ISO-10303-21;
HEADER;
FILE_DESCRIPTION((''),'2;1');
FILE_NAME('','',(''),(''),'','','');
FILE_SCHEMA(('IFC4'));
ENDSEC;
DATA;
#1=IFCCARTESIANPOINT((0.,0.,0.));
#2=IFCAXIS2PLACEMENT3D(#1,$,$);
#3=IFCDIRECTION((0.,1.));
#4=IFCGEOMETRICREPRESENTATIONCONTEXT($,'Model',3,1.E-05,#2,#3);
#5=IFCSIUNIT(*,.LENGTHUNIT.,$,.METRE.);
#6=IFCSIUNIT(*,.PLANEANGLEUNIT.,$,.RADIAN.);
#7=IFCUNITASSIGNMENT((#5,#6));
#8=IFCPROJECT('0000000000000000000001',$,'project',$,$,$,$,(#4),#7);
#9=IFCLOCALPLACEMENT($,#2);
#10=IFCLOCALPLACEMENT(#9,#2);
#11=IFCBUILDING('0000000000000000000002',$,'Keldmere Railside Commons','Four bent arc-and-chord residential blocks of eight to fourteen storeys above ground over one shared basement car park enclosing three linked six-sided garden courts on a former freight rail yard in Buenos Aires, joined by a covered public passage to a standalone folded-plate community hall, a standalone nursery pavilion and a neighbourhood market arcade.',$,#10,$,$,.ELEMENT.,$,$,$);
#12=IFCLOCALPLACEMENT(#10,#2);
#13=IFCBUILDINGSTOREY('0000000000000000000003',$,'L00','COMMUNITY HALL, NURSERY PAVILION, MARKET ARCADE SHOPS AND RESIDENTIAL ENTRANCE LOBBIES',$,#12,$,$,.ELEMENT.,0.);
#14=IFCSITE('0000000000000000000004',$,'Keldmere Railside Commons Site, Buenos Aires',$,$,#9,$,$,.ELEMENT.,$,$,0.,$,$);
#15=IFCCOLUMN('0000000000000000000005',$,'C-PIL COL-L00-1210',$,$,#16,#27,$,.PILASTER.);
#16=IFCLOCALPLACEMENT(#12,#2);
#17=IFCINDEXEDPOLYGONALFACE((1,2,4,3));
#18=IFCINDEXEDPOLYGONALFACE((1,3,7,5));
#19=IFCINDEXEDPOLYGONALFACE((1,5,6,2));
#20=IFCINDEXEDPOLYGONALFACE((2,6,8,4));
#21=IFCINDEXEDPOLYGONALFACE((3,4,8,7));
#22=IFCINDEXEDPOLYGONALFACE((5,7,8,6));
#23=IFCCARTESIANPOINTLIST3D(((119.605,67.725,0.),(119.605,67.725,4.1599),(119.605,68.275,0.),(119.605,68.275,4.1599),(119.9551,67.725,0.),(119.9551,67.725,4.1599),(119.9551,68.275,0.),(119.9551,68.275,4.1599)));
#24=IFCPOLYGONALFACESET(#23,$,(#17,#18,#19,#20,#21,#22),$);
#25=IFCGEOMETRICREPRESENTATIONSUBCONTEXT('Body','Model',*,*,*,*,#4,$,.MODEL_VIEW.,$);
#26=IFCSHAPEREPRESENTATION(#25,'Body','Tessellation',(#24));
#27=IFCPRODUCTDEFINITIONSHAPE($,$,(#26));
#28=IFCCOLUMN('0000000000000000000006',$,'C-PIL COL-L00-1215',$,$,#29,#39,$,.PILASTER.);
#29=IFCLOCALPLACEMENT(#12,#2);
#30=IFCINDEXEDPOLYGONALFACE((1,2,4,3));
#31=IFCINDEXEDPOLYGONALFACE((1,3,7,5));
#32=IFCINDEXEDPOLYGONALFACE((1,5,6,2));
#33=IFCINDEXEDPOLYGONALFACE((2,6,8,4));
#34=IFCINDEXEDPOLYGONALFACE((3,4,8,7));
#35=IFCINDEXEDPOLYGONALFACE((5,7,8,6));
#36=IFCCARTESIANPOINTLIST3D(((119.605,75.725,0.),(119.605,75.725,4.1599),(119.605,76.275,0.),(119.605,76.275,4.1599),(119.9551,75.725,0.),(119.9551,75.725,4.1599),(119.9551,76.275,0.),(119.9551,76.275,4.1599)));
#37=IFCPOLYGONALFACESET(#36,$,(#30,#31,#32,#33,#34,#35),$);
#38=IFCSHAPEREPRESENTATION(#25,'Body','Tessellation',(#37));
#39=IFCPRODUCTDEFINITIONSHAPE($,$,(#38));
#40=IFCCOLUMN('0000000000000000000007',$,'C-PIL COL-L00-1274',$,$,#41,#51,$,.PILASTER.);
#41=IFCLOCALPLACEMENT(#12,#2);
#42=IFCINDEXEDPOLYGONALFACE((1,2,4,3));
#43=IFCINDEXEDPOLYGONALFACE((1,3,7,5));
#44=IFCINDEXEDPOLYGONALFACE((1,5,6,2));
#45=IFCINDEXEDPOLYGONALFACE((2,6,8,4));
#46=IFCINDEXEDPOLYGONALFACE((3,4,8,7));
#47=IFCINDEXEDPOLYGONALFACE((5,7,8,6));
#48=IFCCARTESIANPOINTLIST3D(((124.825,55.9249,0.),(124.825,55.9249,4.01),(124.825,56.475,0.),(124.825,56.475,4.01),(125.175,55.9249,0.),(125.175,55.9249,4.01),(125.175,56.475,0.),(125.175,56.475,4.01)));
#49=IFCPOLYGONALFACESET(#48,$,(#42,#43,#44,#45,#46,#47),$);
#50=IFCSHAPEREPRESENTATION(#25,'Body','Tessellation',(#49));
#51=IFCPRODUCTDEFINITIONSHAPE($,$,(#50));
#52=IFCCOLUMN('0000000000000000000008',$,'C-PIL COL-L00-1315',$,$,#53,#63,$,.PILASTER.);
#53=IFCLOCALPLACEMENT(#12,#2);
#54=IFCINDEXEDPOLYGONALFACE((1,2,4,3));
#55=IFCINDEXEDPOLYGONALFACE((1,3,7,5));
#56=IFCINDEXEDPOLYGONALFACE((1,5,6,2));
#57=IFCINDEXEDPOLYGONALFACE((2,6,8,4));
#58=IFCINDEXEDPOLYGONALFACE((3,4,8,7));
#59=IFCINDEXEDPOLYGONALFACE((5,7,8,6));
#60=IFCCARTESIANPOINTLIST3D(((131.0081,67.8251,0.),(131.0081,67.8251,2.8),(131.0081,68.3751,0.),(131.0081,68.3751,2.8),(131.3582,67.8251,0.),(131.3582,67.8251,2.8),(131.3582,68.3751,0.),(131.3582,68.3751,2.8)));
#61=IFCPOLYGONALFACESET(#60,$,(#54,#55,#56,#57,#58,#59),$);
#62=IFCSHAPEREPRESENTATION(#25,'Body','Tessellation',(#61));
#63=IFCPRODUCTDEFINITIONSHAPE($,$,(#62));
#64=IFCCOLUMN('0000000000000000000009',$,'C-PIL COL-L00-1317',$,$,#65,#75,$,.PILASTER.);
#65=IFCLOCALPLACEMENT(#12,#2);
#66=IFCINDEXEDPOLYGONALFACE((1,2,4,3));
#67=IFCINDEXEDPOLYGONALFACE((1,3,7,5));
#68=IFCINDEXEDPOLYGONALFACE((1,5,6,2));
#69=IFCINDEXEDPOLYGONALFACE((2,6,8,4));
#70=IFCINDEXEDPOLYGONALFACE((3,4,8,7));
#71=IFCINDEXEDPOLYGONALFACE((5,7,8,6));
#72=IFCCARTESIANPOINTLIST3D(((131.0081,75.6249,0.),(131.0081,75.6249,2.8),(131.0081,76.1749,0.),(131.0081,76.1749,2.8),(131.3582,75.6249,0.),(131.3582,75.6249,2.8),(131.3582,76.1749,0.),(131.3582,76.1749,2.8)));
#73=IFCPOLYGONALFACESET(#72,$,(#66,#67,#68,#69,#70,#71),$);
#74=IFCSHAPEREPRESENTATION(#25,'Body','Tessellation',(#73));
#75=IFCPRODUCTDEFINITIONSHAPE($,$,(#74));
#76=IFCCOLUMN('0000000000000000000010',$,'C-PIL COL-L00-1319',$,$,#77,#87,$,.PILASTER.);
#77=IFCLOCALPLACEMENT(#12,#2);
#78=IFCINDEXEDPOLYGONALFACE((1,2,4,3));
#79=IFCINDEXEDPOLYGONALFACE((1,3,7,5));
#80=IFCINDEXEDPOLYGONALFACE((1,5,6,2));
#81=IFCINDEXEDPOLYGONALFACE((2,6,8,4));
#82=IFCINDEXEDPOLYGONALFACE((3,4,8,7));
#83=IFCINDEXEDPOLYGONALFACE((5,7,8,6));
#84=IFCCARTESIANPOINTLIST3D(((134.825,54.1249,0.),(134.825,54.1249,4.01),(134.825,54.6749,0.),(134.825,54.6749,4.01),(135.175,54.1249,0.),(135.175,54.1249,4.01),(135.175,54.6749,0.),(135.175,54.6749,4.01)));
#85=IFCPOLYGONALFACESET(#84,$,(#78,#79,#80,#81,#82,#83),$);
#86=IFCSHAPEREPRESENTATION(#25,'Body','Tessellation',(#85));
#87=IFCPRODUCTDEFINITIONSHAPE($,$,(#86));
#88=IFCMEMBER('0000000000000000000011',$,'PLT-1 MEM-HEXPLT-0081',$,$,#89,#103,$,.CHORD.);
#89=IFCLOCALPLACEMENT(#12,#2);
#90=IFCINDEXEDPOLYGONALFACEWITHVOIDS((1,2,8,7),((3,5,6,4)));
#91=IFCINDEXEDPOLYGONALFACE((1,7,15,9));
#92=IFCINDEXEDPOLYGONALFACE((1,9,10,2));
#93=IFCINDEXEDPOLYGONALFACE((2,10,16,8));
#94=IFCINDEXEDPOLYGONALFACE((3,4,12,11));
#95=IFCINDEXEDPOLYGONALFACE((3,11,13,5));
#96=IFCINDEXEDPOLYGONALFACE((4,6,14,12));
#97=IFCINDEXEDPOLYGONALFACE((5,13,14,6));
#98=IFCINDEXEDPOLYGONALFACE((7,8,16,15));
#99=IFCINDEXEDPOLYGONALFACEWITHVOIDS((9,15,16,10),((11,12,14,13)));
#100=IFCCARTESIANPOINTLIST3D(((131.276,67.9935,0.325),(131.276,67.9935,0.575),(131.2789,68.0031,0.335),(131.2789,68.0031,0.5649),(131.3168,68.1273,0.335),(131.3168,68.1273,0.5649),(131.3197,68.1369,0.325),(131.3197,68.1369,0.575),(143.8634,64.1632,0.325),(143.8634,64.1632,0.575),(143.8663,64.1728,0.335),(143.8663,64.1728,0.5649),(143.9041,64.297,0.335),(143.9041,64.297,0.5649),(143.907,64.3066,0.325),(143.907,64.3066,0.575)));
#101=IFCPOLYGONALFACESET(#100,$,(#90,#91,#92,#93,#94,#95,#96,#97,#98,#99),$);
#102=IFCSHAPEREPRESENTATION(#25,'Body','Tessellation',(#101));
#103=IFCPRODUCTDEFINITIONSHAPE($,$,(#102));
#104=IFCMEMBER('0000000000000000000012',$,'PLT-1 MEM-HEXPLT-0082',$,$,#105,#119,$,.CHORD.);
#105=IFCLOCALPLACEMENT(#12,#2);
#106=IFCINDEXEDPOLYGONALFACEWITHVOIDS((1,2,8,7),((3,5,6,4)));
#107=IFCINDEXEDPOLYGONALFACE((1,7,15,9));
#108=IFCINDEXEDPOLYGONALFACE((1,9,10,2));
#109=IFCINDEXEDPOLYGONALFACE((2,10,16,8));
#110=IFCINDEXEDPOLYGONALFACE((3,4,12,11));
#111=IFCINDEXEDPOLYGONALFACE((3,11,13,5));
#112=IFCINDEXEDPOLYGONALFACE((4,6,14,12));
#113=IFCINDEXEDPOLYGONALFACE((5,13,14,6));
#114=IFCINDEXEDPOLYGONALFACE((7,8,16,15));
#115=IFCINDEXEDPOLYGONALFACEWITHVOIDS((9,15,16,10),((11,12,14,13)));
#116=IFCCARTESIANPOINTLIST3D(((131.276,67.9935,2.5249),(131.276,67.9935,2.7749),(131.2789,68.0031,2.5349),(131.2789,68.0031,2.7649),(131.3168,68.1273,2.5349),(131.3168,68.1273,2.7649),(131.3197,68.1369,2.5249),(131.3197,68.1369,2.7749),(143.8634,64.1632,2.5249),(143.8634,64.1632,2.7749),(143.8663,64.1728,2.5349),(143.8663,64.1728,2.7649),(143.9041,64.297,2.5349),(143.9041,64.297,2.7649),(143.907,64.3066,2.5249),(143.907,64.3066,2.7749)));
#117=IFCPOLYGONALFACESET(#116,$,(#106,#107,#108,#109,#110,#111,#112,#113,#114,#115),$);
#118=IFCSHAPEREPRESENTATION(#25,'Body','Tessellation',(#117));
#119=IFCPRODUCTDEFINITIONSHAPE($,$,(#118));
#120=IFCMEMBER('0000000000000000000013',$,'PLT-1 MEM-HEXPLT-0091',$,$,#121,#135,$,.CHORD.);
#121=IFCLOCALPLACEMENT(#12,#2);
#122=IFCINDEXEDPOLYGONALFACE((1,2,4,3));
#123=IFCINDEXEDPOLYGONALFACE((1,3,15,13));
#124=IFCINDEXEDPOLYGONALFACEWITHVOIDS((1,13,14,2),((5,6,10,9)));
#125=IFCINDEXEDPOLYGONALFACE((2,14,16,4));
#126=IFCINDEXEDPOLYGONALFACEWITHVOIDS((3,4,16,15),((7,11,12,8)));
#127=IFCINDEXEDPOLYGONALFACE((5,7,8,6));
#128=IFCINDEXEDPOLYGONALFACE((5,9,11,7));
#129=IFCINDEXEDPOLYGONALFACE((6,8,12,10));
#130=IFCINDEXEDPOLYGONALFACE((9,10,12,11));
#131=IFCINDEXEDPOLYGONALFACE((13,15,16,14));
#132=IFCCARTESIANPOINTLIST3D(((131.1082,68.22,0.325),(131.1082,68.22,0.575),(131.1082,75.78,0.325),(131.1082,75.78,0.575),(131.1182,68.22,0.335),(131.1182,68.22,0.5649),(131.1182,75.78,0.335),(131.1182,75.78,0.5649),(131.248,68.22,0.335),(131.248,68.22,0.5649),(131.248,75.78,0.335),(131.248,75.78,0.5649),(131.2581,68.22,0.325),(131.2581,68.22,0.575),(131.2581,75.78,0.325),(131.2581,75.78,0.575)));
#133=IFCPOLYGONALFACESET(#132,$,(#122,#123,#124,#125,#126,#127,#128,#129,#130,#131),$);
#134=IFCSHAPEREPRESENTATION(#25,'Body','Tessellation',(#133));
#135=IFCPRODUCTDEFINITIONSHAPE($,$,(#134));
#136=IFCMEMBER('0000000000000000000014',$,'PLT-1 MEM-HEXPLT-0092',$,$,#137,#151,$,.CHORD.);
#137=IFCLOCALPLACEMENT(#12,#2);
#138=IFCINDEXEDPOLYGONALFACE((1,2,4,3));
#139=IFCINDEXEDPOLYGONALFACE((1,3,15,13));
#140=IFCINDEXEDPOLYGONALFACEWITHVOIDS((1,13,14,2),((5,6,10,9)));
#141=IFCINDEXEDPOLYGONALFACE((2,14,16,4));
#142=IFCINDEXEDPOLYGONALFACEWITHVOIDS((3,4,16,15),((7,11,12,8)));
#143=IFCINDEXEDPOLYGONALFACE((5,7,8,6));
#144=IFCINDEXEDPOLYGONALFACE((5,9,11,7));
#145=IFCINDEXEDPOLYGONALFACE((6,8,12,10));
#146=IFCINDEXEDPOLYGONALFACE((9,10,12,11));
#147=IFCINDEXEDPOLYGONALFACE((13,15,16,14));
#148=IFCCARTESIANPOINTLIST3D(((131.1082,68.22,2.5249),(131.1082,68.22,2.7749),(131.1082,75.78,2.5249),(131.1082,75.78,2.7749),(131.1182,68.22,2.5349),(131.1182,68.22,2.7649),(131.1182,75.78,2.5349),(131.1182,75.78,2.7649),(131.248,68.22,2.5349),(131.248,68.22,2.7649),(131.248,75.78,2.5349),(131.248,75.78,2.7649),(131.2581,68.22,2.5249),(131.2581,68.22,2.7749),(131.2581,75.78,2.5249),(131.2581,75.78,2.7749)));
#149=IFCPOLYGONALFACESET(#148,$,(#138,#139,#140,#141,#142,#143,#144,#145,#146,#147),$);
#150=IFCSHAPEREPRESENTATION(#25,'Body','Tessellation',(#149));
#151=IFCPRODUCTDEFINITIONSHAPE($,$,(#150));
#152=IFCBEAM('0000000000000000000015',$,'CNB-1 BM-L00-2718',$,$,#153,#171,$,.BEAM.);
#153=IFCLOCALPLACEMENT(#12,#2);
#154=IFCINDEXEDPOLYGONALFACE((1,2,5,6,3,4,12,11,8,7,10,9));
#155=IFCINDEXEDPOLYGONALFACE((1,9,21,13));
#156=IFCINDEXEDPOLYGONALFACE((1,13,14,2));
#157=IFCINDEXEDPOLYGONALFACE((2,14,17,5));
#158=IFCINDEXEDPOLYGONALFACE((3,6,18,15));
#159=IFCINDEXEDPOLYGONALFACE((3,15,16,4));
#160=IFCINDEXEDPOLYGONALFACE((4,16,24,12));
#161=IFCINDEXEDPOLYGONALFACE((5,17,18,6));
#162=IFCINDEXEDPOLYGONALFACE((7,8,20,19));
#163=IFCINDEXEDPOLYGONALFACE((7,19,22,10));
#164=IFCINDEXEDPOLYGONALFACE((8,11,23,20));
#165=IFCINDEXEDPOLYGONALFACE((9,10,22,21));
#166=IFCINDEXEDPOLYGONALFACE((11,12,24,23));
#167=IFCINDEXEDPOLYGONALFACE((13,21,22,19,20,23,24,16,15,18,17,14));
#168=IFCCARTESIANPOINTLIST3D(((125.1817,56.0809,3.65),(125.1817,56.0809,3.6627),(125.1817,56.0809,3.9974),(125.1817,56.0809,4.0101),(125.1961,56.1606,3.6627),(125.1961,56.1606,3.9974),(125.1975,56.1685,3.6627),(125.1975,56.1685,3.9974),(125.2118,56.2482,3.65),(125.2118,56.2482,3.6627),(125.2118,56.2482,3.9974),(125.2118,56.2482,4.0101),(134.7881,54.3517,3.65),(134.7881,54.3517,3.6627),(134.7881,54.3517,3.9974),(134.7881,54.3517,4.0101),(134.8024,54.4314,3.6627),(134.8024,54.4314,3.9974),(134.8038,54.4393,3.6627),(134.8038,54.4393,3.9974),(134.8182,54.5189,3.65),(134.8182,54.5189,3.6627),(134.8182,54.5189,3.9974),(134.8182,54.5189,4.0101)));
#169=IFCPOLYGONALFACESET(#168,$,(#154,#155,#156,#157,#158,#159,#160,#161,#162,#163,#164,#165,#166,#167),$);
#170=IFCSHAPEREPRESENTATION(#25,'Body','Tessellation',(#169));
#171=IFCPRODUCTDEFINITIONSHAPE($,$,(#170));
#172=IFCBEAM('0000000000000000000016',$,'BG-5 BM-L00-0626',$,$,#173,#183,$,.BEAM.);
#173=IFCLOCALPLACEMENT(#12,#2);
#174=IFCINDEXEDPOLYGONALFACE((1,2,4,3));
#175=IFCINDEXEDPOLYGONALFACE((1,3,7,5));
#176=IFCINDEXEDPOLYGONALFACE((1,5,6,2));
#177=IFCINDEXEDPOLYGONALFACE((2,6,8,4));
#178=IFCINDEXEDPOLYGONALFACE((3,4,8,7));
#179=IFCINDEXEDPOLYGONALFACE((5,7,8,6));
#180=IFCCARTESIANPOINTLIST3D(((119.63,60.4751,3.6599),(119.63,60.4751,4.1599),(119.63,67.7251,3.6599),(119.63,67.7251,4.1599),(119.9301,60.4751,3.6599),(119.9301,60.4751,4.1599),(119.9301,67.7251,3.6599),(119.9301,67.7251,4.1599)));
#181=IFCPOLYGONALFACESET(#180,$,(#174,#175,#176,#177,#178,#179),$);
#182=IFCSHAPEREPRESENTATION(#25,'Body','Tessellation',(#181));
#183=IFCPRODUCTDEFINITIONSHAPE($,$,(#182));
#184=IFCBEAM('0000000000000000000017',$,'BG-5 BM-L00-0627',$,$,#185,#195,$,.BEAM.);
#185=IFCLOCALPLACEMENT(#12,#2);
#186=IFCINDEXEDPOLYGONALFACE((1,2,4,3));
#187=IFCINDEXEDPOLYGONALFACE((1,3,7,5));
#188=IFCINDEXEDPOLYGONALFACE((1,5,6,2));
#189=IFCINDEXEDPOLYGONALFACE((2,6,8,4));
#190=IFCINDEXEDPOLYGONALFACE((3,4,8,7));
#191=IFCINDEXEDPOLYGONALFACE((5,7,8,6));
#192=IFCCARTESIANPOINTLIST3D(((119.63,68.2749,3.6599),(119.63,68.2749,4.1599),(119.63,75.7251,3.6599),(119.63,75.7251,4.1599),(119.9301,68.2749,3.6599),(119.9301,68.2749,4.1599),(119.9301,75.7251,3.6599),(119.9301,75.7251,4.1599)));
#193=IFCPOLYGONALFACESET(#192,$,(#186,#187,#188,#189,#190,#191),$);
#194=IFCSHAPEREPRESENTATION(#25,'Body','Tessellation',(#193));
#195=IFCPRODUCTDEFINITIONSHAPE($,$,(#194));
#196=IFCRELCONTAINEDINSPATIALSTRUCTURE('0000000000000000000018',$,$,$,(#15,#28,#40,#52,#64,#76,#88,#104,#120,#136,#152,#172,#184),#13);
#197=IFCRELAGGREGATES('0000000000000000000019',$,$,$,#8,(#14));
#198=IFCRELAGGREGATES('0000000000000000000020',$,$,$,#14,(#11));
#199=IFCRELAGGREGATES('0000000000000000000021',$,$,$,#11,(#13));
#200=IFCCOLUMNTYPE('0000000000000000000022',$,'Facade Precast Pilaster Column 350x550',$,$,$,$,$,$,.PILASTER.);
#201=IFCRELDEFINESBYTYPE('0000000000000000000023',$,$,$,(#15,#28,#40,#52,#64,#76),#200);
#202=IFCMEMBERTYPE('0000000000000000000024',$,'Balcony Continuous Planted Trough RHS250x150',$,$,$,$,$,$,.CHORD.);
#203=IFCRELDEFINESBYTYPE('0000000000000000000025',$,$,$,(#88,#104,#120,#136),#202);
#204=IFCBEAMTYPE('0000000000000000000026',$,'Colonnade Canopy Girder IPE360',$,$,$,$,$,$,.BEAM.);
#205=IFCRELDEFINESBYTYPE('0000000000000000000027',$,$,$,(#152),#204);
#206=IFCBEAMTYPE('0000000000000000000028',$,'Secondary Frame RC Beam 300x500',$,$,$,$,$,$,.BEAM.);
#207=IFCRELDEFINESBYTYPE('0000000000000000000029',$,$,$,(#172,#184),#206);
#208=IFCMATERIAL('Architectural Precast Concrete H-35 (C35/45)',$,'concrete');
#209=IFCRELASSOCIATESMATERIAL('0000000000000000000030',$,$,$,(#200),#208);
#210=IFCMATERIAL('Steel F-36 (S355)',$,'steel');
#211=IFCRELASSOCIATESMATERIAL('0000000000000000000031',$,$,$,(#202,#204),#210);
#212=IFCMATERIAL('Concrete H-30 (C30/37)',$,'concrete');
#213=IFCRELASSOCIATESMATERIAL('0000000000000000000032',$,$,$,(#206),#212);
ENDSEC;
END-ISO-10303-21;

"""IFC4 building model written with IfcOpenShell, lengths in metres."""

from ifc_helpers import new_model, si_unit, direction, frame, origin, origin_2d, place, context, subcontext, project, spatial, rectangle, hollow_rectangle, i_section, extrude, material, material_profile, profile_set, type_object, element, save


model = new_model("IFC4")

# Units and contexts
model_context = context("Model", 3, precision=1e-05, world=origin(), true_north=direction((0.0, 1.0)))
body_context = subcontext(model_context, "Body", "Model", "MODEL_VIEW")
ifc_project = project(units=[si_unit("LENGTHUNIT", "METRE"), si_unit("PLANEANGLEUNIT", "RADIAN")], contexts=[model_context])

# Site, building, storey
site_placement = place(None, origin())
site = spatial("IfcSite", under=ifc_project, at=site_placement, Name="Keldmere Railside Commons Site, Buenos Aires", CompositionType="ELEMENT", RefElevation=0.0)
building_placement = place(site_placement, origin())
building = spatial("IfcBuilding", under=site, at=building_placement, Name="Keldmere Railside Commons", Description="Four bent arc-and-chord residential blocks of eight to fourteen storeys above ground over one shared basement car park enclosing three linked six-sided garden courts on a former freight rail yard in Buenos Aires, joined by a covered public passage to a standalone folded-plate community hall, a standalone nursery pavilion and a neighbourhood market arcade.", CompositionType="ELEMENT")
storey_placement = place(building_placement, origin())
storey = spatial("IfcBuildingStorey", under=building, at=storey_placement, Name="L00", Description="COMMUNITY HALL, NURSERY PAVILION, MARKET ARCADE SHOPS AND RESIDENTIAL ENTRANCE LOBBIES", CompositionType="ELEMENT", Elevation=0.0)

# Columns
ifc_material_1 = material(Name="Architectural Precast Concrete H-35 (C35/45)", Category="concrete")
ifc_material_profile_1 = material_profile(ifc_material_1, rectangle(XDim=0.3501, YDim=0.55, at=origin_2d()), Name="RC-350x550")
ifc_profile_set_1 = profile_set([ifc_material_profile_1], Name="Architectural Precast Concrete H-35 (C35/45)")
column_type = type_object("IfcColumnType", Name="Facade Precast Pilaster Column 350x550", PredefinedType="PILASTER", material=ifc_profile_set_1)
for number, where, z_axis, x_axis, name in (
    (1, (119.78, 68.0, 0.0), (0.0, 0.0, 1.0), (1.0, 0.0, 0.0), "C-PIL COL-L00-1210"),
    (2, (119.78, 76.0, 0.0), (0.0, 0.0, 1.0), (1.0, 0.0, 0.0), "C-PIL COL-L00-1215"),
):
    element("IfcColumn", number, at=place(storey_placement, frame(where, z_axis=z_axis, x_axis=x_axis)), inside=storey, type_object=column_type, Name=name, PredefinedType="PILASTER", context=body_context, shape_type="SweptSolid", body=[
        extrude(rectangle(XDim=0.3501, YDim=0.55, at=origin_2d()), origin(), (0.0, 0.0, 1.0), 4.1599),
    ])
column_1_placement = place(storey_placement, frame((125.0, 56.2, 0.0), z_axis=(0.0, 0.0, 1.0), x_axis=(1.0, 0.0, 0.0)))
element("IfcColumn", 3, at=column_1_placement, inside=storey, type_object=column_type, Name="C-PIL COL-L00-1274", PredefinedType="PILASTER", context=body_context, shape_type="SweptSolid", body=[
    extrude(rectangle(XDim=0.3501, YDim=0.55, at=origin_2d()), origin(), (0.0, 0.0, 1.0), 4.01),
])
for number, where, z_axis, x_axis, name in (
    (4, (131.1831, 68.1001, 0.0), (0.0, 0.0, 1.0), (1.0, 0.0, 0.0), "C-PIL COL-L00-1315"),
    (5, (131.1831, 75.8999, 0.0), (0.0, 0.0, 1.0), (1.0, 0.0, 0.0), "C-PIL COL-L00-1317"),
):
    element("IfcColumn", number, at=place(storey_placement, frame(where, z_axis=z_axis, x_axis=x_axis)), inside=storey, type_object=column_type, Name=name, PredefinedType="PILASTER", context=body_context, shape_type="SweptSolid", body=[
        extrude(rectangle(XDim=0.3501, YDim=0.55, at=origin_2d()), origin(), (0.0, 0.0, 1.0), 2.8),
    ])
column_2_placement = place(storey_placement, frame((135.0, 54.3999, 0.0), z_axis=(0.0, 0.0, 1.0), x_axis=(1.0, 0.0, 0.0)))
element("IfcColumn", 6, at=column_2_placement, inside=storey, type_object=column_type, Name="C-PIL COL-L00-1319", PredefinedType="PILASTER", context=body_context, shape_type="SweptSolid", body=[
    extrude(rectangle(XDim=0.3501, YDim=0.55, at=origin_2d()), origin(), (0.0, 0.0, 1.0), 4.01),
])

# Members
ifc_material_2 = material(Name="Steel F-36 (S355)", Category="steel")
ifc_material_profile_2 = material_profile(ifc_material_2, hollow_rectangle(XDim=0.1499, YDim=0.25, WallThickness=0.01, at=origin_2d()), Name="RHS-250x150x10")
ifc_profile_set_2 = profile_set([ifc_material_profile_2], Name="Steel F-36 (S355)")
member_type = type_object("IfcMemberType", Name="Balcony Continuous Planted Trough RHS250x150", PredefinedType="CHORD", material=ifc_profile_set_2)
for number, where, z_axis, x_axis, name in (
    (7, (131.2979, 68.0652, 0.45), (0.956687, -0.291118, 0.0), (0.291118, 0.956687, 0.0), "PLT-1 MEM-HEXPLT-0081"),
    (8, (131.2979, 68.0652, 2.6499), (0.956687, -0.291118, 0.0), (0.291118, 0.956687, 0.0), "PLT-1 MEM-HEXPLT-0082"),
):
    element("IfcMember", number, at=place(storey_placement, frame(where, z_axis=z_axis, x_axis=x_axis)), inside=storey, type_object=member_type, Name=name, PredefinedType="CHORD", context=body_context, shape_type="SweptSolid", body=[
        extrude(hollow_rectangle(XDim=0.1499, YDim=0.25, WallThickness=0.01, at=origin_2d()), origin(), (0.0, 0.0, 1.0), 13.1572),
    ])
for number, where, z_axis, x_axis, name in (
    (9, (131.1831, 75.78, 0.45), (0.0, -1.0, 0.0), (1.0, 0.0, 0.0), "PLT-1 MEM-HEXPLT-0091"),
    (10, (131.1831, 75.78, 2.6499), (0.0, -1.0, 0.0), (1.0, 0.0, 0.0), "PLT-1 MEM-HEXPLT-0092"),
):
    element("IfcMember", number, at=place(storey_placement, frame(where, z_axis=z_axis, x_axis=x_axis)), inside=storey, type_object=member_type, Name=name, PredefinedType="CHORD", context=body_context, shape_type="SweptSolid", body=[
        extrude(hollow_rectangle(XDim=0.1499, YDim=0.25, WallThickness=0.01, at=origin_2d()), origin(), (0.0, 0.0, 1.0), 7.5601),
    ])

# Beams
ifc_material_profile_3 = material_profile(ifc_material_2, i_section(OverallWidth=0.1699, OverallDepth=0.3601, WebThickness=0.0081, FlangeThickness=0.0127, at=origin_2d()), Name="IPE-360")
ifc_profile_set_3 = profile_set([ifc_material_profile_3], Name="Steel F-36 (S355)")
beam_type_1 = type_object("IfcBeamType", Name="Colonnade Canopy Girder IPE360", PredefinedType="BEAM", material=ifc_profile_set_3)
beam_1_placement = place(storey_placement, frame((125.1968, 56.1646, 3.8301), z_axis=(0.984182, -0.177162, 0.0), x_axis=(0.177162, 0.984182, 0.0)))
element("IfcBeam", 11, at=beam_1_placement, inside=storey, type_object=beam_type_1, Name="CNB-1 BM-L00-2718", PredefinedType="BEAM", context=body_context, shape_type="SweptSolid", body=[
    extrude(i_section(OverallWidth=0.1699, OverallDepth=0.3601, WebThickness=0.0081, FlangeThickness=0.0127, at=origin_2d()), origin(), (0.0, 0.0, 1.0), 9.7607),
])
ifc_material_3 = material(Name="Concrete H-30 (C30/37)", Category="concrete")
ifc_material_profile_4 = material_profile(ifc_material_3, rectangle(XDim=0.3, YDim=0.5, at=origin_2d()), Name="RC-300x500")
ifc_profile_set_4 = profile_set([ifc_material_profile_4], Name="Concrete H-30 (C30/37)")
beam_type_2 = type_object("IfcBeamType", Name="Secondary Frame RC Beam 300x500", PredefinedType="BEAM", material=ifc_profile_set_4)
beam_2_placement = place(storey_placement, frame((119.78, 60.4751, 3.9099), z_axis=(0.0, 1.0, 0.0), x_axis=(-1.0, 0.0, 0.0)))
element("IfcBeam", 12, at=beam_2_placement, inside=storey, type_object=beam_type_2, Name="BG-5 BM-L00-0626", PredefinedType="BEAM", context=body_context, shape_type="SweptSolid", body=[
    extrude(rectangle(XDim=0.3, YDim=0.5, at=origin_2d()), origin(), (0.0, 0.0, 1.0), 7.25),
])
for number, where, z_axis, x_axis, name in (
    (13, (119.78, 68.2749, 3.9099), (0.0, 1.0, 0.0), (-1.0, 0.0, 0.0), "BG-5 BM-L00-0627"),
):
    element("IfcBeam", number, at=place(storey_placement, frame(where, z_axis=z_axis, x_axis=x_axis)), inside=storey, type_object=beam_type_2, Name=name, PredefinedType="BEAM", context=body_context, shape_type="SweptSolid", body=[
        extrude(rectangle(XDim=0.3, YDim=0.5, at=origin_2d()), origin(), (0.0, 0.0, 1.0), 7.4502),
    ])

save(model, "model.ifc")
